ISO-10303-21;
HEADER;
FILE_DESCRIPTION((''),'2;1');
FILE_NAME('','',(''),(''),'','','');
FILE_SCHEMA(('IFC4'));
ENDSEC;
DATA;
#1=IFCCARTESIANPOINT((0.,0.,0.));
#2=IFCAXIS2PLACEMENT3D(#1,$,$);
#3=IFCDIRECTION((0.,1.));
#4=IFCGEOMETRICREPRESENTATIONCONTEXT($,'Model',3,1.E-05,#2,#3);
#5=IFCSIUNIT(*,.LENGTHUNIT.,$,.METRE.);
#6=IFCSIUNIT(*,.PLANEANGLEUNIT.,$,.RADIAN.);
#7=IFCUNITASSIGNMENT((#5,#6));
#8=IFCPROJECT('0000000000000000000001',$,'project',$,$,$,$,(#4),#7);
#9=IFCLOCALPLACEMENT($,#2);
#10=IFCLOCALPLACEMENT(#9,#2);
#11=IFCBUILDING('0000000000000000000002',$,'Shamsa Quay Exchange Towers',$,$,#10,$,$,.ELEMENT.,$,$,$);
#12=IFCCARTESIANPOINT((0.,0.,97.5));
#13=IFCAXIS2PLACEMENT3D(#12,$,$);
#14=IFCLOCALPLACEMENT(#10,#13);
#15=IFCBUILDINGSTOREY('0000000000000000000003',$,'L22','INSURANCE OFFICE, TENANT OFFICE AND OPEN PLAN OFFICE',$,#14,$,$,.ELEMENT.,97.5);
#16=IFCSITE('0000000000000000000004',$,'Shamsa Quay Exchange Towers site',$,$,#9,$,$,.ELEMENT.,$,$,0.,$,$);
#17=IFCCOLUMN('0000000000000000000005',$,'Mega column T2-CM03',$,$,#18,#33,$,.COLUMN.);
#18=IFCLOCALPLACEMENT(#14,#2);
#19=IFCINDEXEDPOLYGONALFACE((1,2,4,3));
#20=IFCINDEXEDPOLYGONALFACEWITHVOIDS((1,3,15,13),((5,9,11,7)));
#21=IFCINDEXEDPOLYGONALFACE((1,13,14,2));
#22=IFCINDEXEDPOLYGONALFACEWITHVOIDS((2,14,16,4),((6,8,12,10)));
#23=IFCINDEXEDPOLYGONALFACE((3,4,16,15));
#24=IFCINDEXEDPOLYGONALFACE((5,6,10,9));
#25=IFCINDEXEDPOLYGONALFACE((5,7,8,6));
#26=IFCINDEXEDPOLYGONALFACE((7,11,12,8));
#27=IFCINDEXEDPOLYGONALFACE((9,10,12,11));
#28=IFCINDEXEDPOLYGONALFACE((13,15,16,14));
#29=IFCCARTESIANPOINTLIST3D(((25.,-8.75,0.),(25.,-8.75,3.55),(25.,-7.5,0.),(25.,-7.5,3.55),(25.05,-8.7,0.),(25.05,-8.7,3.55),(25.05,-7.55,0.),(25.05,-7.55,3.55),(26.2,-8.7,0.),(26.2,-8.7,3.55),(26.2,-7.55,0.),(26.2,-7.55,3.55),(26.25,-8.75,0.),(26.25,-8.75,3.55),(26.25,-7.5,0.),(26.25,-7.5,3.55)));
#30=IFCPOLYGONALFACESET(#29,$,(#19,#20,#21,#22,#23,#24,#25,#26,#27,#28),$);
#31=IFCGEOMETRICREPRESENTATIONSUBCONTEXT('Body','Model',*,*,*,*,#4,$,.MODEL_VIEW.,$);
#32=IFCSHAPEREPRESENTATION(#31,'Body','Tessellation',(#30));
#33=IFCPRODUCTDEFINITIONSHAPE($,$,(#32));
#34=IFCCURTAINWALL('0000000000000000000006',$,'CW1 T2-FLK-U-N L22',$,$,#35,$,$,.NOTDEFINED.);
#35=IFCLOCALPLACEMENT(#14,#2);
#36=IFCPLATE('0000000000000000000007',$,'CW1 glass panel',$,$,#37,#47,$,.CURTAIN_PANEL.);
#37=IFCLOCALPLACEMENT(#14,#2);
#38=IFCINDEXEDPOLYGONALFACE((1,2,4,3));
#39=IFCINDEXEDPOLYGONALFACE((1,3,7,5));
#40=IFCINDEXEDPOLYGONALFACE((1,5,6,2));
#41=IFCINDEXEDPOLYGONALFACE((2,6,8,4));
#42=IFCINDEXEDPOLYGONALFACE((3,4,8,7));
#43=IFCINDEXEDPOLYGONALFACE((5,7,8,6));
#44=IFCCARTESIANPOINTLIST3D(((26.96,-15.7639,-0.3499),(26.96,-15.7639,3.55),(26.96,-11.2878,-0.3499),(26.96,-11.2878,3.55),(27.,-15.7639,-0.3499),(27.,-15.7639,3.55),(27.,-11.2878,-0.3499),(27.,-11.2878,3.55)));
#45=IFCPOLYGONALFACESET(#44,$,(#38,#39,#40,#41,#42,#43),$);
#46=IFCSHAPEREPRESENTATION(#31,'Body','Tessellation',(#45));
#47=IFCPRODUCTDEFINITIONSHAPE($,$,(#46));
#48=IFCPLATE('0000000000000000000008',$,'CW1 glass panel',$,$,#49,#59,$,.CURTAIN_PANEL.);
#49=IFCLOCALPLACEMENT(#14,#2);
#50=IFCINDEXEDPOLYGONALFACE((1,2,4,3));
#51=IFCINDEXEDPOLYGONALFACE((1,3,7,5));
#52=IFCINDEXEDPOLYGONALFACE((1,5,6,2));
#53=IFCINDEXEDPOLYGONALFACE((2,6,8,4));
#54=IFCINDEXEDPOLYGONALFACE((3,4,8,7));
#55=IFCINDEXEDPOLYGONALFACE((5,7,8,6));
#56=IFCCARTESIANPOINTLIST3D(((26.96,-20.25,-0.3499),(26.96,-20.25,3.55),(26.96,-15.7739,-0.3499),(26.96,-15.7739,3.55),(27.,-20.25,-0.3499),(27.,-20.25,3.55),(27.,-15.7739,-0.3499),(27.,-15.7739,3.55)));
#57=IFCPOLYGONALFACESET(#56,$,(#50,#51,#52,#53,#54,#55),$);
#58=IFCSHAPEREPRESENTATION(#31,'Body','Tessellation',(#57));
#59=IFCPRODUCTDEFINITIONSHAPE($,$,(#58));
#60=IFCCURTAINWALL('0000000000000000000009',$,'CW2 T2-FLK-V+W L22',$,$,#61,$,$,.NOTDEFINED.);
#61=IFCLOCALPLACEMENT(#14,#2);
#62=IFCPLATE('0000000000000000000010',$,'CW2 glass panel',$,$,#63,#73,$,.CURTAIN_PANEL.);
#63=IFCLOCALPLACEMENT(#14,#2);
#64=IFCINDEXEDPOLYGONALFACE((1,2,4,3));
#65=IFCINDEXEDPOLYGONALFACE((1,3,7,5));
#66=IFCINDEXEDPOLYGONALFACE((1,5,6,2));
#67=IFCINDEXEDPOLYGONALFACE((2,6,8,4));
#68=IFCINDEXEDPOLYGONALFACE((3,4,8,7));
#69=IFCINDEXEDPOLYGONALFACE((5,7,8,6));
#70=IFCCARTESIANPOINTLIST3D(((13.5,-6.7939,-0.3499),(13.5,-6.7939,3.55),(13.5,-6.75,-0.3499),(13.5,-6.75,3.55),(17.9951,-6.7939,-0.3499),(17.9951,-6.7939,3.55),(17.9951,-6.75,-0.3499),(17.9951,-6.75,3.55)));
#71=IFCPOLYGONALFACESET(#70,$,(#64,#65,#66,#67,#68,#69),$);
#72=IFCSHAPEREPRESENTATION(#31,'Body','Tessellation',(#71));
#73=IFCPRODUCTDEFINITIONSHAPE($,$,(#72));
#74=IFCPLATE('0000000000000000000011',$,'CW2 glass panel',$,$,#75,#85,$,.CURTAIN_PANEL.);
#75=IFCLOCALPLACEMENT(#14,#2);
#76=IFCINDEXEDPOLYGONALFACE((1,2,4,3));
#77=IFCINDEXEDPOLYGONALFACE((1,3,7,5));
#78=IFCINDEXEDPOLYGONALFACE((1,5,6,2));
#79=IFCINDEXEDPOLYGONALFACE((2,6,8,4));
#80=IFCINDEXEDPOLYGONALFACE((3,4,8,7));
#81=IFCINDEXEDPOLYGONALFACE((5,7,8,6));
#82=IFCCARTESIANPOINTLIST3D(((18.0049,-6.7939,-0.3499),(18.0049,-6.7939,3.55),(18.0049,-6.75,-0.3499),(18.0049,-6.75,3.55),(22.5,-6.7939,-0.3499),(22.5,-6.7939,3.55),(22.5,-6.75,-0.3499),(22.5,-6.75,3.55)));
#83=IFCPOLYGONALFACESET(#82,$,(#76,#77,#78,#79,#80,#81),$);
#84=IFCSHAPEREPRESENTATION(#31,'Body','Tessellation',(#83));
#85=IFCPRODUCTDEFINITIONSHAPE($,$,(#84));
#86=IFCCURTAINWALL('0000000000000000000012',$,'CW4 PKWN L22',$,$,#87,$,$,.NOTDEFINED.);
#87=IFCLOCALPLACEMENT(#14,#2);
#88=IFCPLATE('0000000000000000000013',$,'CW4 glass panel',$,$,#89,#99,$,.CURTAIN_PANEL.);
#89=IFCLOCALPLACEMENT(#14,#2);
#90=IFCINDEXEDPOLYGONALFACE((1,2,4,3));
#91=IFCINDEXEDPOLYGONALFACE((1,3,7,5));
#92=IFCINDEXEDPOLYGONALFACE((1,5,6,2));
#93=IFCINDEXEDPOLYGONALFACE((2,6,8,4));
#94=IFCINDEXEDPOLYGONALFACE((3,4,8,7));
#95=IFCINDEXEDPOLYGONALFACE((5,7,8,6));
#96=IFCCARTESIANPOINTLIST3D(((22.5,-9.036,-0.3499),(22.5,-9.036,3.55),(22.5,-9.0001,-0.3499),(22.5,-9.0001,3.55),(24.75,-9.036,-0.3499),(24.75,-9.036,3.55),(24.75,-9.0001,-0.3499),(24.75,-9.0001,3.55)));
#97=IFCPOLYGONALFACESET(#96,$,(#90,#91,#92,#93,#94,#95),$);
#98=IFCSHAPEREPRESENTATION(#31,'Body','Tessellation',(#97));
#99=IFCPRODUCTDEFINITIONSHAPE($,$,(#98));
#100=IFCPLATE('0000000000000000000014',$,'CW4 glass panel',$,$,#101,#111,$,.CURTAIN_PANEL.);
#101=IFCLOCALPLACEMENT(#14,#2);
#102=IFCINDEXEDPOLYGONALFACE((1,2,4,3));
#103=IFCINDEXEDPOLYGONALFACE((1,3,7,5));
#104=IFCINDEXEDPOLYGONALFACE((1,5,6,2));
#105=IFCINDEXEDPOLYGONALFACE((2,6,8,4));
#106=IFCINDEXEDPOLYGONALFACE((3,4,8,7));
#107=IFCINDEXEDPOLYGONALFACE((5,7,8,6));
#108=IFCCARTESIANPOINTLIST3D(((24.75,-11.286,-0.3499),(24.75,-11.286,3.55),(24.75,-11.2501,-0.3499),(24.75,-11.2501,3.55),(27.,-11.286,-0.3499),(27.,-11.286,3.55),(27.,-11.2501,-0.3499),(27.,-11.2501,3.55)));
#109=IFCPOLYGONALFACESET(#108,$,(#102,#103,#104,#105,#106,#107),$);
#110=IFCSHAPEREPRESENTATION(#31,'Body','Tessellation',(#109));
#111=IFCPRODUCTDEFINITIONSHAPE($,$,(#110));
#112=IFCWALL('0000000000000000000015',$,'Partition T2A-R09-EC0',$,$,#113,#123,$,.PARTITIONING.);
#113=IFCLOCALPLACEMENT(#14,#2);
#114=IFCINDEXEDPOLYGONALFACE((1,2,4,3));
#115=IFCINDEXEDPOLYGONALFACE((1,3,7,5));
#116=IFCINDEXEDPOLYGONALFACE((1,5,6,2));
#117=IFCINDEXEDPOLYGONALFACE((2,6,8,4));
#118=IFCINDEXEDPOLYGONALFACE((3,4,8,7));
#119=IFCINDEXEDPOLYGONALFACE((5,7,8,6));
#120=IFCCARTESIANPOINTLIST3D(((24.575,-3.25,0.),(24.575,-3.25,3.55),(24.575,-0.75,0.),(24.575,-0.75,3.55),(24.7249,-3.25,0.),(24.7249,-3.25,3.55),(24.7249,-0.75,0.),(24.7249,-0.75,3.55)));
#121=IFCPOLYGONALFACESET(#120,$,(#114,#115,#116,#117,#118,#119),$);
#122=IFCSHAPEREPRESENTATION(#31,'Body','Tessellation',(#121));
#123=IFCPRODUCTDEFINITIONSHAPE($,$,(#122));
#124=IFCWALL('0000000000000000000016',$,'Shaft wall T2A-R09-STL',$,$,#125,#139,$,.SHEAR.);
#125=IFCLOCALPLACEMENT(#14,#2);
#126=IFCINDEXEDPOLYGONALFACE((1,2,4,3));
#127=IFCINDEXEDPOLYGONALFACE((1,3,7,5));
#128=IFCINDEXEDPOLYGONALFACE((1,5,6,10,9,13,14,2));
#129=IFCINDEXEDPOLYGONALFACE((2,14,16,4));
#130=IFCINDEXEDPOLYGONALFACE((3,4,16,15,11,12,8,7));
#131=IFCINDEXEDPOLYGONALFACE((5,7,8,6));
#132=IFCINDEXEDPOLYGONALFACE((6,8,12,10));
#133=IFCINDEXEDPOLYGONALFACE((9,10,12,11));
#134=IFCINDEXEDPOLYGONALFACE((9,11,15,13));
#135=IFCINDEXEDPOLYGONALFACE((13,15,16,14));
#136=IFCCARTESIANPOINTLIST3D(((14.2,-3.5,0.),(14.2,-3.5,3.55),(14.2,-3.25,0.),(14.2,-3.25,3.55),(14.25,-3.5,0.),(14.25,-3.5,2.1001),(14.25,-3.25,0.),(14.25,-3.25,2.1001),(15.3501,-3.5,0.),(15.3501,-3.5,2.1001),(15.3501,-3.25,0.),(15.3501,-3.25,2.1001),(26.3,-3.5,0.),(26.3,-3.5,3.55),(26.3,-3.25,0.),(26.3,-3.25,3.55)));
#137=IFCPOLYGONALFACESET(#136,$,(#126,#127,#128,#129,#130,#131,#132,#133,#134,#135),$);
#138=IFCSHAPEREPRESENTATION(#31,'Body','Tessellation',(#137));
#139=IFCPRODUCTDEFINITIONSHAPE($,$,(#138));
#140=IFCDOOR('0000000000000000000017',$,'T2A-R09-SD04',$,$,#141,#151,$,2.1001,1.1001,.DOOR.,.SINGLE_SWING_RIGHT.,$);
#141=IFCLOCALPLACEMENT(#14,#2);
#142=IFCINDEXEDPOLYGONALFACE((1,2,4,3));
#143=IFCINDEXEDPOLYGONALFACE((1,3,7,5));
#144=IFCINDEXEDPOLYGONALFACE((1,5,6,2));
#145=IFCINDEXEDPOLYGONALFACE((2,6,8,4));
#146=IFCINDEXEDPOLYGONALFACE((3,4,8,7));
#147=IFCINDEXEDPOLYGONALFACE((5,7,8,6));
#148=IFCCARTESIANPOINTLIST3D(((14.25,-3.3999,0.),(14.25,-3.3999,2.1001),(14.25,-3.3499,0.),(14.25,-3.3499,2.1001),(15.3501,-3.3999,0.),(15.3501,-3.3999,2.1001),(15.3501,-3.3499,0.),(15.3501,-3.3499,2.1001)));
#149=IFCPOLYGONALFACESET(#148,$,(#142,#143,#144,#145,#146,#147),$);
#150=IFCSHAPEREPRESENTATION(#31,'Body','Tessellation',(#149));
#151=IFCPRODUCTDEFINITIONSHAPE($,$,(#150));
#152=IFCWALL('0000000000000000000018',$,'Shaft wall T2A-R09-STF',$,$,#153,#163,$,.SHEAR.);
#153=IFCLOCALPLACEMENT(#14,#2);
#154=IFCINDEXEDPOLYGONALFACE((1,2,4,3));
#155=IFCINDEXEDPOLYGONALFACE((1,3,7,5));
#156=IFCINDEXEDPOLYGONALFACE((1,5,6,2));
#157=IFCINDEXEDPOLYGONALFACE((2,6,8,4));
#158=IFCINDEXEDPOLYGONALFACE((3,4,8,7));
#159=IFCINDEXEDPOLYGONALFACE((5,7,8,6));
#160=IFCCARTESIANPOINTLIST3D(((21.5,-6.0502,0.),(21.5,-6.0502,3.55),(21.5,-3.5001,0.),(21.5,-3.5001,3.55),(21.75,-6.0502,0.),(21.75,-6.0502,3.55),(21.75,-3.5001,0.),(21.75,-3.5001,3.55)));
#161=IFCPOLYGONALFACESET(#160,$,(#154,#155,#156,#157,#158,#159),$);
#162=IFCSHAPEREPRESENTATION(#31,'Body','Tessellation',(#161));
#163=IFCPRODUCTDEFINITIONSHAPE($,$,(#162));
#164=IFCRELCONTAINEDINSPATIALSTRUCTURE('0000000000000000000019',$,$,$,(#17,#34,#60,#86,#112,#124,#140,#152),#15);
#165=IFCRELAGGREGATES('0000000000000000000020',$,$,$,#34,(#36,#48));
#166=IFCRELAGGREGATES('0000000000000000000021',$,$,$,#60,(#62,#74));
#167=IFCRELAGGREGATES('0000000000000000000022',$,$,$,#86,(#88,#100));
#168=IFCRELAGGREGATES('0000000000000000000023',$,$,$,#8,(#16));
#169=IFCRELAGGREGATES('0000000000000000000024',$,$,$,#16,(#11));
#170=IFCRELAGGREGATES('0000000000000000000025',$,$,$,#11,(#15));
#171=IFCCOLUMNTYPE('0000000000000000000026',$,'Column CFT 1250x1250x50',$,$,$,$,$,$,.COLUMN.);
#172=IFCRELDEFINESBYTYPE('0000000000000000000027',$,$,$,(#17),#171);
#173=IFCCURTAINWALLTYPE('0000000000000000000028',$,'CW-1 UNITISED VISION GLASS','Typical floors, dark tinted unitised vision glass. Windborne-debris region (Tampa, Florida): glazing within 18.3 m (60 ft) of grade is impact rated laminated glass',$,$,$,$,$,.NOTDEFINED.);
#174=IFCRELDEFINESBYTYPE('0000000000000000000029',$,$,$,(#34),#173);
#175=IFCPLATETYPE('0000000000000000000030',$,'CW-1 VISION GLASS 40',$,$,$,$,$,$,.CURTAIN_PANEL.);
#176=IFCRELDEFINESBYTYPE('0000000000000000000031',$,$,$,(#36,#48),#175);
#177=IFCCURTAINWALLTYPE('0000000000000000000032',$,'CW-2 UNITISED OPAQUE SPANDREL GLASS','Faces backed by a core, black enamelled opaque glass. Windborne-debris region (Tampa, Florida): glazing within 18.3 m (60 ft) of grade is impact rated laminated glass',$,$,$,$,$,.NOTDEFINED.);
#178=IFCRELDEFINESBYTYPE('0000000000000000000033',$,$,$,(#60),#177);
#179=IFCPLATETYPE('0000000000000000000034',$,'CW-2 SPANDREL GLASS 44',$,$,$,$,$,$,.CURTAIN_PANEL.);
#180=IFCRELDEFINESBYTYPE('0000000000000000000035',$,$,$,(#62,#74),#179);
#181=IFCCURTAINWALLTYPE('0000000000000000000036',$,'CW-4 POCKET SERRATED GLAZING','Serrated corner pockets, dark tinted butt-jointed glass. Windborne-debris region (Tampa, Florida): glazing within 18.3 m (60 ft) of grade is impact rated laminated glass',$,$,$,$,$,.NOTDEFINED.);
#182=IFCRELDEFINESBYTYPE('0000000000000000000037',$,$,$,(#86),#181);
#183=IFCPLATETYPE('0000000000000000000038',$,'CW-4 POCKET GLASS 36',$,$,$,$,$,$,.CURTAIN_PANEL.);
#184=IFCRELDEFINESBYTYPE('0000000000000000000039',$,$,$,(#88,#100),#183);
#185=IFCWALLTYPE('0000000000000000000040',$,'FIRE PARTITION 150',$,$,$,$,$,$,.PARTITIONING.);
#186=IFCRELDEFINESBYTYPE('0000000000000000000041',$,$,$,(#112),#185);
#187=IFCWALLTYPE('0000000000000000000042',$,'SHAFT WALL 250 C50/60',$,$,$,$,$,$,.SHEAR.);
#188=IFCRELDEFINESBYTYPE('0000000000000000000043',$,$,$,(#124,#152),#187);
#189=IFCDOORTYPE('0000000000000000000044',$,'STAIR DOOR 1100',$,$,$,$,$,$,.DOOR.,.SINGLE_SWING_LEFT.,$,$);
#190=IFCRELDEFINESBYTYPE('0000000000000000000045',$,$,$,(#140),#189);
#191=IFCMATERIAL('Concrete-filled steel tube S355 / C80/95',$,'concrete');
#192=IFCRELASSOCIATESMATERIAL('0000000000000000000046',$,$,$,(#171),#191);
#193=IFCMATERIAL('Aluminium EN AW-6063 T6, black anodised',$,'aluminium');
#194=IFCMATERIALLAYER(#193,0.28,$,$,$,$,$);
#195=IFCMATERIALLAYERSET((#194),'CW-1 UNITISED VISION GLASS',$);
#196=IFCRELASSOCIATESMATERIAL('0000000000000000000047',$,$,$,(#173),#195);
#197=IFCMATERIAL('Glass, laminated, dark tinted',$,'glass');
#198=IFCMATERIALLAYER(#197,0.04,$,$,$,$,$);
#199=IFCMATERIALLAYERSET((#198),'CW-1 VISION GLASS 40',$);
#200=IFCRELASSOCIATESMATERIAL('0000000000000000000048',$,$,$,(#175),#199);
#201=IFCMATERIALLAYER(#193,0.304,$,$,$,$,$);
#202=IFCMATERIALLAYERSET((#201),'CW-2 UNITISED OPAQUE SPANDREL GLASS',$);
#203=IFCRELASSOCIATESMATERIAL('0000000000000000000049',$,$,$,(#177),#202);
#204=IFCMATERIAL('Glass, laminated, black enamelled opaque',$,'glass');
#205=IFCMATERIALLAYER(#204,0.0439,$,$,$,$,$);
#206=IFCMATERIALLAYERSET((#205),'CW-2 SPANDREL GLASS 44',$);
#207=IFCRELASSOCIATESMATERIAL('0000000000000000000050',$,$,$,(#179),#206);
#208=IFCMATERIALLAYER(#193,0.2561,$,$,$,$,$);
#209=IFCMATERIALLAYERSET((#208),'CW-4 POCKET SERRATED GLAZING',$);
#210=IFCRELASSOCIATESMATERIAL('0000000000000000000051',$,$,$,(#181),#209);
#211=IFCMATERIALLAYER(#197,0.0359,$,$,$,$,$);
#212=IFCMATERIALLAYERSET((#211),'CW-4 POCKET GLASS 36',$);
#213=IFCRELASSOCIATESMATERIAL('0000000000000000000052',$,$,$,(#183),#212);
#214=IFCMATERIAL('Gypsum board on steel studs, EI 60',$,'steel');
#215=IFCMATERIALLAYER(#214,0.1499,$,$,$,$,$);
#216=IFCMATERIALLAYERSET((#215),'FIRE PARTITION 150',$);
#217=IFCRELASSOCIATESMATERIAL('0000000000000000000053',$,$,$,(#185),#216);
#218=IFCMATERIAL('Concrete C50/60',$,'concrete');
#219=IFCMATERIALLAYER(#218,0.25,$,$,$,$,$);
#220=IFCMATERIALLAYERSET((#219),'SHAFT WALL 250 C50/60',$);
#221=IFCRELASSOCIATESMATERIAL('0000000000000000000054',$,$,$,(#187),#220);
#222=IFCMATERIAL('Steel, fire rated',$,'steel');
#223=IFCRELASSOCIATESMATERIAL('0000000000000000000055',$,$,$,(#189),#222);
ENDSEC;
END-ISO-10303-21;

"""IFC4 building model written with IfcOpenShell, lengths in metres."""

from ifc_helpers import new_model, si_unit, direction, frame, frame_2d, origin, origin_2d, place, context, subcontext, project, spatial, rectangle, hollow_rectangle, extrude, material, layer, layer_set, material_profile, profile_set, type_object, element, fill, aggregate, save


model = new_model("IFC4")

# Units and contexts
model_context = context("Model", 3, precision=1e-05, world=origin(), true_north=direction((0.0, 1.0)))
body_context = subcontext(model_context, "Body", "Model", "MODEL_VIEW")
ifc_project = project(units=[si_unit("LENGTHUNIT", "METRE"), si_unit("PLANEANGLEUNIT", "RADIAN")], contexts=[model_context])

# Site, building, storey
site_placement = place(None, origin())
site = spatial("IfcSite", under=ifc_project, at=site_placement, Name="Shamsa Quay Exchange Towers site", CompositionType="ELEMENT", RefElevation=0.0)
building_placement = place(site_placement, origin())
building = spatial("IfcBuilding", under=site, at=building_placement, Name="Shamsa Quay Exchange Towers", CompositionType="ELEMENT")
storey_placement = place(building_placement, frame((0.0, 0.0, 97.5)))
storey = spatial("IfcBuildingStorey", under=building, at=storey_placement, Name="L22", Description="INSURANCE OFFICE, TENANT OFFICE AND OPEN PLAN OFFICE", CompositionType="ELEMENT", Elevation=97.5)

# Column
ifc_material_1 = material(Name="Concrete-filled steel tube S355 / C80/95", Category="concrete")
ifc_material_profile = material_profile(ifc_material_1, hollow_rectangle(XDim=1.25, YDim=1.25, WallThickness=0.05, at=origin_2d()), Name="CFT 1250x1250x50")
ifc_profile_set = profile_set([ifc_material_profile], Name="Concrete-filled steel tube S355 / C80/95")
column_type = type_object("IfcColumnType", Name="Column CFT 1250x1250x50", PredefinedType="COLUMN", material=ifc_profile_set)
column_placement = place(storey_placement, frame((25.625, -8.125, 0.0)))
element("IfcColumn", 1, at=column_placement, inside=storey, type_object=column_type, Name="Mega column T2-CM03", PredefinedType="COLUMN", context=body_context, shape_type="SweptSolid", body=[
    extrude(hollow_rectangle(XDim=1.25, YDim=1.25, WallThickness=0.05, at=origin_2d()), origin(), (0.0, 0.0, 1.0), 3.55),
])

# Curtain walls, plates
ifc_material_2 = material(Name="Aluminium EN AW-6063 T6, black anodised", Category="aluminium")
ifc_layer_1 = layer(ifc_material_2, 0.28)
ifc_layer_set_1 = layer_set([ifc_layer_1], Name="CW-1 UNITISED VISION GLASS")
curtain_wall_type_1 = type_object("IfcCurtainWallType", Name="CW-1 UNITISED VISION GLASS", Description="Typical floors, dark tinted unitised vision glass. Windborne-debris region (Tampa, Florida): glazing within 18.3 m (60 ft) of grade is impact rated laminated glass", PredefinedType="NOTDEFINED", material=ifc_layer_set_1)
curtain_wall_1_placement = place(storey_placement, origin())
curtain_wall_1 = element("IfcCurtainWall", 2, at=curtain_wall_1_placement, inside=storey, type_object=curtain_wall_type_1, Name="CW1 T2-FLK-U-N L22", PredefinedType="NOTDEFINED")
ifc_material_3 = material(Name="Glass, laminated, dark tinted", Category="glass")
ifc_layer_2 = layer(ifc_material_3, 0.04)
ifc_layer_set_2 = layer_set([ifc_layer_2], Name="CW-1 VISION GLASS 40")
plate_type_1 = type_object("IfcPlateType", Name="CW-1 VISION GLASS 40", PredefinedType="CURTAIN_PANEL", material=ifc_layer_set_2)
plate_1_placement = place(storey_placement, frame((26.98, -13.5259, -0.3499), z_axis=(0.0, 0.0, 1.0), x_axis=(0.0, -1.0, 0.0)))
plate_1 = element("IfcPlate", 3, at=plate_1_placement, type_object=plate_type_1, Name="CW1 glass panel", PredefinedType="CURTAIN_PANEL", context=body_context, shape_type="SweptSolid", body=[
    extrude(rectangle(XDim=4.4761, YDim=0.04, at=origin_2d()), origin(), (0.0, 0.0, 1.0), 3.8999),
])
plate_2_placement = place(storey_placement, frame((26.98, -18.012, -0.3499), z_axis=(0.0, 0.0, 1.0), x_axis=(0.0, -1.0, 0.0)))
plate_2 = element("IfcPlate", 4, at=plate_2_placement, type_object=plate_type_1, Name="CW1 glass panel", PredefinedType="CURTAIN_PANEL", context=body_context, shape_type="SweptSolid", body=[
    extrude(rectangle(XDim=4.4761, YDim=0.04, at=origin_2d()), origin(), (0.0, 0.0, 1.0), 3.8999),
])
aggregate(curtain_wall_1, [plate_1, plate_2])
ifc_layer_3 = layer(ifc_material_2, 0.304)
ifc_layer_set_3 = layer_set([ifc_layer_3], Name="CW-2 UNITISED OPAQUE SPANDREL GLASS")
curtain_wall_type_2 = type_object("IfcCurtainWallType", Name="CW-2 UNITISED OPAQUE SPANDREL GLASS", Description="Faces backed by a core, black enamelled opaque glass. Windborne-debris region (Tampa, Florida): glazing within 18.3 m (60 ft) of grade is impact rated laminated glass", PredefinedType="NOTDEFINED", material=ifc_layer_set_3)
curtain_wall_2_placement = place(storey_placement, origin())
curtain_wall_2 = element("IfcCurtainWall", 5, at=curtain_wall_2_placement, inside=storey, type_object=curtain_wall_type_2, Name="CW2 T2-FLK-V+W L22", PredefinedType="NOTDEFINED")
ifc_material_4 = material(Name="Glass, laminated, black enamelled opaque", Category="glass")
ifc_layer_4 = layer(ifc_material_4, 0.0439)
ifc_layer_set_4 = layer_set([ifc_layer_4], Name="CW-2 SPANDREL GLASS 44")
plate_type_2 = type_object("IfcPlateType", Name="CW-2 SPANDREL GLASS 44", PredefinedType="CURTAIN_PANEL", material=ifc_layer_set_4)
plate_3_placement = place(storey_placement, frame((15.7476, -6.772, -0.3499)))
plate_3 = element("IfcPlate", 6, at=plate_3_placement, type_object=plate_type_2, Name="CW2 glass panel", PredefinedType="CURTAIN_PANEL", context=body_context, shape_type="SweptSolid", body=[
    extrude(rectangle(XDim=4.4951, YDim=0.0439, at=origin_2d()), origin(), (0.0, 0.0, 1.0), 3.8999),
])
plate_4_placement = place(storey_placement, frame((20.2524, -6.772, -0.3499)))
plate_4 = element("IfcPlate", 7, at=plate_4_placement, type_object=plate_type_2, Name="CW2 glass panel", PredefinedType="CURTAIN_PANEL", context=body_context, shape_type="SweptSolid", body=[
    extrude(rectangle(XDim=4.4951, YDim=0.0439, at=origin_2d()), origin(), (0.0, 0.0, 1.0), 3.8999),
])
aggregate(curtain_wall_2, [plate_3, plate_4])
ifc_layer_5 = layer(ifc_material_2, 0.2561)
ifc_layer_set_5 = layer_set([ifc_layer_5], Name="CW-4 POCKET SERRATED GLAZING")
curtain_wall_type_3 = type_object("IfcCurtainWallType", Name="CW-4 POCKET SERRATED GLAZING", Description="Serrated corner pockets, dark tinted butt-jointed glass. Windborne-debris region (Tampa, Florida): glazing within 18.3 m (60 ft) of grade is impact rated laminated glass", PredefinedType="NOTDEFINED", material=ifc_layer_set_5)
curtain_wall_3_placement = place(storey_placement, origin())
curtain_wall_3 = element("IfcCurtainWall", 8, at=curtain_wall_3_placement, inside=storey, type_object=curtain_wall_type_3, Name="CW4 PKWN L22", PredefinedType="NOTDEFINED")
ifc_layer_6 = layer(ifc_material_3, 0.0359)
ifc_layer_set_6 = layer_set([ifc_layer_6], Name="CW-4 POCKET GLASS 36")
plate_type_3 = type_object("IfcPlateType", Name="CW-4 POCKET GLASS 36", PredefinedType="CURTAIN_PANEL", material=ifc_layer_set_6)
plate_5_placement = place(storey_placement, frame((23.625, -9.0181, -0.3499)))
plate_5 = element("IfcPlate", 9, at=plate_5_placement, type_object=plate_type_3, Name="CW4 glass panel", PredefinedType="CURTAIN_PANEL", context=body_context, shape_type="SweptSolid", body=[
    extrude(rectangle(XDim=2.25, YDim=0.0359, at=origin_2d()), origin(), (0.0, 0.0, 1.0), 3.8999),
])
plate_6_placement = place(storey_placement, frame((25.875, -11.2681, -0.3499)))
plate_6 = element("IfcPlate", 10, at=plate_6_placement, type_object=plate_type_3, Name="CW4 glass panel", PredefinedType="CURTAIN_PANEL", context=body_context, shape_type="SweptSolid", body=[
    extrude(rectangle(XDim=2.25, YDim=0.0359, at=origin_2d()), origin(), (0.0, 0.0, 1.0), 3.8999),
])
aggregate(curtain_wall_3, [plate_5, plate_6])

# Wall
ifc_material_5 = material(Name="Gypsum board on steel studs, EI 60", Category="steel")
ifc_layer_7 = layer(ifc_material_5, 0.1499)
ifc_layer_set_7 = layer_set([ifc_layer_7], Name="FIRE PARTITION 150")
wall_type_1 = type_object("IfcWallType", Name="FIRE PARTITION 150", PredefinedType="PARTITIONING", material=ifc_layer_set_7)
wall_1_placement = place(storey_placement, frame((24.6499, -3.25, 0.0), z_axis=(0.0, 0.0, 1.0), x_axis=(0.0, 1.0, 0.0)))
element("IfcWall", 11, at=wall_1_placement, inside=storey, type_object=wall_type_1, Name="Partition T2A-R09-EC0", PredefinedType="PARTITIONING", context=body_context, shape_type="SweptSolid", body=[
    extrude(rectangle(XDim=2.5, YDim=0.1499, at=frame_2d((1.25, 0.0))), origin(), (0.0, 0.0, 1.0), 3.55),
])

# Wall, opening, door
ifc_material_6 = material(Name="Concrete C50/60", Category="concrete")
ifc_layer_8 = layer(ifc_material_6, 0.25)
ifc_layer_set_8 = layer_set([ifc_layer_8], Name="SHAFT WALL 250 C50/60")
wall_type_2 = type_object("IfcWallType", Name="SHAFT WALL 250 C50/60", PredefinedType="SHEAR", material=ifc_layer_set_8)
wall_2_placement = place(storey_placement, frame((26.3, -3.375, 0.0), z_axis=(0.0, 0.0, 1.0), x_axis=(-1.0, 0.0, 0.0)))
wall_2 = element("IfcWall", 12, at=wall_2_placement, inside=storey, type_object=wall_type_2, Name="Shaft wall T2A-R09-STL", PredefinedType="SHEAR", context=body_context, shape_type="SweptSolid", body=[
    extrude(rectangle(XDim=12.1001, YDim=0.25, at=frame_2d((6.05, 0.0))), origin(), (0.0, 0.0, 1.0), 3.55),
])
opening_1_placement = place(wall_2_placement, frame((10.95, 0.0, 0.0)))
opening_1 = element("IfcOpeningElement", 13, at=opening_1_placement, cuts=wall_2, PredefinedType="OPENING", context=body_context, shape_type="SweptSolid", body=[
    extrude(rectangle(XDim=1.1001, YDim=2.1001, at=frame_2d((0.55, 1.05))), frame((0.0, 0.135, 0.0), z_axis=(0.0, -1.0, 0.0), x_axis=(1.0, 0.0, 0.0)), (0.0, 0.0, 1.0), 0.27),
])
ifc_material_7 = material(Name="Steel, fire rated", Category="steel")
door_type_1 = type_object("IfcDoorType", Name="STAIR DOOR 1100", OperationType="SINGLE_SWING_LEFT", PredefinedType="DOOR", material=ifc_material_7)
door_1_placement = place(opening_1_placement, origin())
door_1 = element("IfcDoor", 14, at=door_1_placement, inside=storey, type_object=door_type_1, Name="T2A-R09-SD04", OperationType="SINGLE_SWING_RIGHT", OverallHeight=2.1001, OverallWidth=1.1001, PredefinedType="DOOR", context=body_context, shape_type="SweptSolid", body=[
    extrude(rectangle(XDim=1.1001, YDim=2.1001, at=frame_2d((0.55, 1.05))), frame((0.0, 0.0249, 0.0), z_axis=(0.0, -1.0, 0.0), x_axis=(1.0, 0.0, 0.0)), (0.0, 0.0, 1.0), 0.05),
])
fill(opening_1, door_1)

# Wall
wall_3_placement = place(storey_placement, frame((21.625, -6.05, 0.0), z_axis=(0.0, 0.0, 1.0), x_axis=(0.0, 1.0, 0.0)))
element("IfcWall", 15, at=wall_3_placement, inside=storey, type_object=wall_type_2, Name="Shaft wall T2A-R09-STF", PredefinedType="SHEAR", context=body_context, shape_type="SweptSolid", body=[
    extrude(rectangle(XDim=2.55, YDim=0.25, at=frame_2d((1.2749, 0.0))), origin(), (0.0, 0.0, 1.0), 3.55),
])

save(model, "model.ifc")
